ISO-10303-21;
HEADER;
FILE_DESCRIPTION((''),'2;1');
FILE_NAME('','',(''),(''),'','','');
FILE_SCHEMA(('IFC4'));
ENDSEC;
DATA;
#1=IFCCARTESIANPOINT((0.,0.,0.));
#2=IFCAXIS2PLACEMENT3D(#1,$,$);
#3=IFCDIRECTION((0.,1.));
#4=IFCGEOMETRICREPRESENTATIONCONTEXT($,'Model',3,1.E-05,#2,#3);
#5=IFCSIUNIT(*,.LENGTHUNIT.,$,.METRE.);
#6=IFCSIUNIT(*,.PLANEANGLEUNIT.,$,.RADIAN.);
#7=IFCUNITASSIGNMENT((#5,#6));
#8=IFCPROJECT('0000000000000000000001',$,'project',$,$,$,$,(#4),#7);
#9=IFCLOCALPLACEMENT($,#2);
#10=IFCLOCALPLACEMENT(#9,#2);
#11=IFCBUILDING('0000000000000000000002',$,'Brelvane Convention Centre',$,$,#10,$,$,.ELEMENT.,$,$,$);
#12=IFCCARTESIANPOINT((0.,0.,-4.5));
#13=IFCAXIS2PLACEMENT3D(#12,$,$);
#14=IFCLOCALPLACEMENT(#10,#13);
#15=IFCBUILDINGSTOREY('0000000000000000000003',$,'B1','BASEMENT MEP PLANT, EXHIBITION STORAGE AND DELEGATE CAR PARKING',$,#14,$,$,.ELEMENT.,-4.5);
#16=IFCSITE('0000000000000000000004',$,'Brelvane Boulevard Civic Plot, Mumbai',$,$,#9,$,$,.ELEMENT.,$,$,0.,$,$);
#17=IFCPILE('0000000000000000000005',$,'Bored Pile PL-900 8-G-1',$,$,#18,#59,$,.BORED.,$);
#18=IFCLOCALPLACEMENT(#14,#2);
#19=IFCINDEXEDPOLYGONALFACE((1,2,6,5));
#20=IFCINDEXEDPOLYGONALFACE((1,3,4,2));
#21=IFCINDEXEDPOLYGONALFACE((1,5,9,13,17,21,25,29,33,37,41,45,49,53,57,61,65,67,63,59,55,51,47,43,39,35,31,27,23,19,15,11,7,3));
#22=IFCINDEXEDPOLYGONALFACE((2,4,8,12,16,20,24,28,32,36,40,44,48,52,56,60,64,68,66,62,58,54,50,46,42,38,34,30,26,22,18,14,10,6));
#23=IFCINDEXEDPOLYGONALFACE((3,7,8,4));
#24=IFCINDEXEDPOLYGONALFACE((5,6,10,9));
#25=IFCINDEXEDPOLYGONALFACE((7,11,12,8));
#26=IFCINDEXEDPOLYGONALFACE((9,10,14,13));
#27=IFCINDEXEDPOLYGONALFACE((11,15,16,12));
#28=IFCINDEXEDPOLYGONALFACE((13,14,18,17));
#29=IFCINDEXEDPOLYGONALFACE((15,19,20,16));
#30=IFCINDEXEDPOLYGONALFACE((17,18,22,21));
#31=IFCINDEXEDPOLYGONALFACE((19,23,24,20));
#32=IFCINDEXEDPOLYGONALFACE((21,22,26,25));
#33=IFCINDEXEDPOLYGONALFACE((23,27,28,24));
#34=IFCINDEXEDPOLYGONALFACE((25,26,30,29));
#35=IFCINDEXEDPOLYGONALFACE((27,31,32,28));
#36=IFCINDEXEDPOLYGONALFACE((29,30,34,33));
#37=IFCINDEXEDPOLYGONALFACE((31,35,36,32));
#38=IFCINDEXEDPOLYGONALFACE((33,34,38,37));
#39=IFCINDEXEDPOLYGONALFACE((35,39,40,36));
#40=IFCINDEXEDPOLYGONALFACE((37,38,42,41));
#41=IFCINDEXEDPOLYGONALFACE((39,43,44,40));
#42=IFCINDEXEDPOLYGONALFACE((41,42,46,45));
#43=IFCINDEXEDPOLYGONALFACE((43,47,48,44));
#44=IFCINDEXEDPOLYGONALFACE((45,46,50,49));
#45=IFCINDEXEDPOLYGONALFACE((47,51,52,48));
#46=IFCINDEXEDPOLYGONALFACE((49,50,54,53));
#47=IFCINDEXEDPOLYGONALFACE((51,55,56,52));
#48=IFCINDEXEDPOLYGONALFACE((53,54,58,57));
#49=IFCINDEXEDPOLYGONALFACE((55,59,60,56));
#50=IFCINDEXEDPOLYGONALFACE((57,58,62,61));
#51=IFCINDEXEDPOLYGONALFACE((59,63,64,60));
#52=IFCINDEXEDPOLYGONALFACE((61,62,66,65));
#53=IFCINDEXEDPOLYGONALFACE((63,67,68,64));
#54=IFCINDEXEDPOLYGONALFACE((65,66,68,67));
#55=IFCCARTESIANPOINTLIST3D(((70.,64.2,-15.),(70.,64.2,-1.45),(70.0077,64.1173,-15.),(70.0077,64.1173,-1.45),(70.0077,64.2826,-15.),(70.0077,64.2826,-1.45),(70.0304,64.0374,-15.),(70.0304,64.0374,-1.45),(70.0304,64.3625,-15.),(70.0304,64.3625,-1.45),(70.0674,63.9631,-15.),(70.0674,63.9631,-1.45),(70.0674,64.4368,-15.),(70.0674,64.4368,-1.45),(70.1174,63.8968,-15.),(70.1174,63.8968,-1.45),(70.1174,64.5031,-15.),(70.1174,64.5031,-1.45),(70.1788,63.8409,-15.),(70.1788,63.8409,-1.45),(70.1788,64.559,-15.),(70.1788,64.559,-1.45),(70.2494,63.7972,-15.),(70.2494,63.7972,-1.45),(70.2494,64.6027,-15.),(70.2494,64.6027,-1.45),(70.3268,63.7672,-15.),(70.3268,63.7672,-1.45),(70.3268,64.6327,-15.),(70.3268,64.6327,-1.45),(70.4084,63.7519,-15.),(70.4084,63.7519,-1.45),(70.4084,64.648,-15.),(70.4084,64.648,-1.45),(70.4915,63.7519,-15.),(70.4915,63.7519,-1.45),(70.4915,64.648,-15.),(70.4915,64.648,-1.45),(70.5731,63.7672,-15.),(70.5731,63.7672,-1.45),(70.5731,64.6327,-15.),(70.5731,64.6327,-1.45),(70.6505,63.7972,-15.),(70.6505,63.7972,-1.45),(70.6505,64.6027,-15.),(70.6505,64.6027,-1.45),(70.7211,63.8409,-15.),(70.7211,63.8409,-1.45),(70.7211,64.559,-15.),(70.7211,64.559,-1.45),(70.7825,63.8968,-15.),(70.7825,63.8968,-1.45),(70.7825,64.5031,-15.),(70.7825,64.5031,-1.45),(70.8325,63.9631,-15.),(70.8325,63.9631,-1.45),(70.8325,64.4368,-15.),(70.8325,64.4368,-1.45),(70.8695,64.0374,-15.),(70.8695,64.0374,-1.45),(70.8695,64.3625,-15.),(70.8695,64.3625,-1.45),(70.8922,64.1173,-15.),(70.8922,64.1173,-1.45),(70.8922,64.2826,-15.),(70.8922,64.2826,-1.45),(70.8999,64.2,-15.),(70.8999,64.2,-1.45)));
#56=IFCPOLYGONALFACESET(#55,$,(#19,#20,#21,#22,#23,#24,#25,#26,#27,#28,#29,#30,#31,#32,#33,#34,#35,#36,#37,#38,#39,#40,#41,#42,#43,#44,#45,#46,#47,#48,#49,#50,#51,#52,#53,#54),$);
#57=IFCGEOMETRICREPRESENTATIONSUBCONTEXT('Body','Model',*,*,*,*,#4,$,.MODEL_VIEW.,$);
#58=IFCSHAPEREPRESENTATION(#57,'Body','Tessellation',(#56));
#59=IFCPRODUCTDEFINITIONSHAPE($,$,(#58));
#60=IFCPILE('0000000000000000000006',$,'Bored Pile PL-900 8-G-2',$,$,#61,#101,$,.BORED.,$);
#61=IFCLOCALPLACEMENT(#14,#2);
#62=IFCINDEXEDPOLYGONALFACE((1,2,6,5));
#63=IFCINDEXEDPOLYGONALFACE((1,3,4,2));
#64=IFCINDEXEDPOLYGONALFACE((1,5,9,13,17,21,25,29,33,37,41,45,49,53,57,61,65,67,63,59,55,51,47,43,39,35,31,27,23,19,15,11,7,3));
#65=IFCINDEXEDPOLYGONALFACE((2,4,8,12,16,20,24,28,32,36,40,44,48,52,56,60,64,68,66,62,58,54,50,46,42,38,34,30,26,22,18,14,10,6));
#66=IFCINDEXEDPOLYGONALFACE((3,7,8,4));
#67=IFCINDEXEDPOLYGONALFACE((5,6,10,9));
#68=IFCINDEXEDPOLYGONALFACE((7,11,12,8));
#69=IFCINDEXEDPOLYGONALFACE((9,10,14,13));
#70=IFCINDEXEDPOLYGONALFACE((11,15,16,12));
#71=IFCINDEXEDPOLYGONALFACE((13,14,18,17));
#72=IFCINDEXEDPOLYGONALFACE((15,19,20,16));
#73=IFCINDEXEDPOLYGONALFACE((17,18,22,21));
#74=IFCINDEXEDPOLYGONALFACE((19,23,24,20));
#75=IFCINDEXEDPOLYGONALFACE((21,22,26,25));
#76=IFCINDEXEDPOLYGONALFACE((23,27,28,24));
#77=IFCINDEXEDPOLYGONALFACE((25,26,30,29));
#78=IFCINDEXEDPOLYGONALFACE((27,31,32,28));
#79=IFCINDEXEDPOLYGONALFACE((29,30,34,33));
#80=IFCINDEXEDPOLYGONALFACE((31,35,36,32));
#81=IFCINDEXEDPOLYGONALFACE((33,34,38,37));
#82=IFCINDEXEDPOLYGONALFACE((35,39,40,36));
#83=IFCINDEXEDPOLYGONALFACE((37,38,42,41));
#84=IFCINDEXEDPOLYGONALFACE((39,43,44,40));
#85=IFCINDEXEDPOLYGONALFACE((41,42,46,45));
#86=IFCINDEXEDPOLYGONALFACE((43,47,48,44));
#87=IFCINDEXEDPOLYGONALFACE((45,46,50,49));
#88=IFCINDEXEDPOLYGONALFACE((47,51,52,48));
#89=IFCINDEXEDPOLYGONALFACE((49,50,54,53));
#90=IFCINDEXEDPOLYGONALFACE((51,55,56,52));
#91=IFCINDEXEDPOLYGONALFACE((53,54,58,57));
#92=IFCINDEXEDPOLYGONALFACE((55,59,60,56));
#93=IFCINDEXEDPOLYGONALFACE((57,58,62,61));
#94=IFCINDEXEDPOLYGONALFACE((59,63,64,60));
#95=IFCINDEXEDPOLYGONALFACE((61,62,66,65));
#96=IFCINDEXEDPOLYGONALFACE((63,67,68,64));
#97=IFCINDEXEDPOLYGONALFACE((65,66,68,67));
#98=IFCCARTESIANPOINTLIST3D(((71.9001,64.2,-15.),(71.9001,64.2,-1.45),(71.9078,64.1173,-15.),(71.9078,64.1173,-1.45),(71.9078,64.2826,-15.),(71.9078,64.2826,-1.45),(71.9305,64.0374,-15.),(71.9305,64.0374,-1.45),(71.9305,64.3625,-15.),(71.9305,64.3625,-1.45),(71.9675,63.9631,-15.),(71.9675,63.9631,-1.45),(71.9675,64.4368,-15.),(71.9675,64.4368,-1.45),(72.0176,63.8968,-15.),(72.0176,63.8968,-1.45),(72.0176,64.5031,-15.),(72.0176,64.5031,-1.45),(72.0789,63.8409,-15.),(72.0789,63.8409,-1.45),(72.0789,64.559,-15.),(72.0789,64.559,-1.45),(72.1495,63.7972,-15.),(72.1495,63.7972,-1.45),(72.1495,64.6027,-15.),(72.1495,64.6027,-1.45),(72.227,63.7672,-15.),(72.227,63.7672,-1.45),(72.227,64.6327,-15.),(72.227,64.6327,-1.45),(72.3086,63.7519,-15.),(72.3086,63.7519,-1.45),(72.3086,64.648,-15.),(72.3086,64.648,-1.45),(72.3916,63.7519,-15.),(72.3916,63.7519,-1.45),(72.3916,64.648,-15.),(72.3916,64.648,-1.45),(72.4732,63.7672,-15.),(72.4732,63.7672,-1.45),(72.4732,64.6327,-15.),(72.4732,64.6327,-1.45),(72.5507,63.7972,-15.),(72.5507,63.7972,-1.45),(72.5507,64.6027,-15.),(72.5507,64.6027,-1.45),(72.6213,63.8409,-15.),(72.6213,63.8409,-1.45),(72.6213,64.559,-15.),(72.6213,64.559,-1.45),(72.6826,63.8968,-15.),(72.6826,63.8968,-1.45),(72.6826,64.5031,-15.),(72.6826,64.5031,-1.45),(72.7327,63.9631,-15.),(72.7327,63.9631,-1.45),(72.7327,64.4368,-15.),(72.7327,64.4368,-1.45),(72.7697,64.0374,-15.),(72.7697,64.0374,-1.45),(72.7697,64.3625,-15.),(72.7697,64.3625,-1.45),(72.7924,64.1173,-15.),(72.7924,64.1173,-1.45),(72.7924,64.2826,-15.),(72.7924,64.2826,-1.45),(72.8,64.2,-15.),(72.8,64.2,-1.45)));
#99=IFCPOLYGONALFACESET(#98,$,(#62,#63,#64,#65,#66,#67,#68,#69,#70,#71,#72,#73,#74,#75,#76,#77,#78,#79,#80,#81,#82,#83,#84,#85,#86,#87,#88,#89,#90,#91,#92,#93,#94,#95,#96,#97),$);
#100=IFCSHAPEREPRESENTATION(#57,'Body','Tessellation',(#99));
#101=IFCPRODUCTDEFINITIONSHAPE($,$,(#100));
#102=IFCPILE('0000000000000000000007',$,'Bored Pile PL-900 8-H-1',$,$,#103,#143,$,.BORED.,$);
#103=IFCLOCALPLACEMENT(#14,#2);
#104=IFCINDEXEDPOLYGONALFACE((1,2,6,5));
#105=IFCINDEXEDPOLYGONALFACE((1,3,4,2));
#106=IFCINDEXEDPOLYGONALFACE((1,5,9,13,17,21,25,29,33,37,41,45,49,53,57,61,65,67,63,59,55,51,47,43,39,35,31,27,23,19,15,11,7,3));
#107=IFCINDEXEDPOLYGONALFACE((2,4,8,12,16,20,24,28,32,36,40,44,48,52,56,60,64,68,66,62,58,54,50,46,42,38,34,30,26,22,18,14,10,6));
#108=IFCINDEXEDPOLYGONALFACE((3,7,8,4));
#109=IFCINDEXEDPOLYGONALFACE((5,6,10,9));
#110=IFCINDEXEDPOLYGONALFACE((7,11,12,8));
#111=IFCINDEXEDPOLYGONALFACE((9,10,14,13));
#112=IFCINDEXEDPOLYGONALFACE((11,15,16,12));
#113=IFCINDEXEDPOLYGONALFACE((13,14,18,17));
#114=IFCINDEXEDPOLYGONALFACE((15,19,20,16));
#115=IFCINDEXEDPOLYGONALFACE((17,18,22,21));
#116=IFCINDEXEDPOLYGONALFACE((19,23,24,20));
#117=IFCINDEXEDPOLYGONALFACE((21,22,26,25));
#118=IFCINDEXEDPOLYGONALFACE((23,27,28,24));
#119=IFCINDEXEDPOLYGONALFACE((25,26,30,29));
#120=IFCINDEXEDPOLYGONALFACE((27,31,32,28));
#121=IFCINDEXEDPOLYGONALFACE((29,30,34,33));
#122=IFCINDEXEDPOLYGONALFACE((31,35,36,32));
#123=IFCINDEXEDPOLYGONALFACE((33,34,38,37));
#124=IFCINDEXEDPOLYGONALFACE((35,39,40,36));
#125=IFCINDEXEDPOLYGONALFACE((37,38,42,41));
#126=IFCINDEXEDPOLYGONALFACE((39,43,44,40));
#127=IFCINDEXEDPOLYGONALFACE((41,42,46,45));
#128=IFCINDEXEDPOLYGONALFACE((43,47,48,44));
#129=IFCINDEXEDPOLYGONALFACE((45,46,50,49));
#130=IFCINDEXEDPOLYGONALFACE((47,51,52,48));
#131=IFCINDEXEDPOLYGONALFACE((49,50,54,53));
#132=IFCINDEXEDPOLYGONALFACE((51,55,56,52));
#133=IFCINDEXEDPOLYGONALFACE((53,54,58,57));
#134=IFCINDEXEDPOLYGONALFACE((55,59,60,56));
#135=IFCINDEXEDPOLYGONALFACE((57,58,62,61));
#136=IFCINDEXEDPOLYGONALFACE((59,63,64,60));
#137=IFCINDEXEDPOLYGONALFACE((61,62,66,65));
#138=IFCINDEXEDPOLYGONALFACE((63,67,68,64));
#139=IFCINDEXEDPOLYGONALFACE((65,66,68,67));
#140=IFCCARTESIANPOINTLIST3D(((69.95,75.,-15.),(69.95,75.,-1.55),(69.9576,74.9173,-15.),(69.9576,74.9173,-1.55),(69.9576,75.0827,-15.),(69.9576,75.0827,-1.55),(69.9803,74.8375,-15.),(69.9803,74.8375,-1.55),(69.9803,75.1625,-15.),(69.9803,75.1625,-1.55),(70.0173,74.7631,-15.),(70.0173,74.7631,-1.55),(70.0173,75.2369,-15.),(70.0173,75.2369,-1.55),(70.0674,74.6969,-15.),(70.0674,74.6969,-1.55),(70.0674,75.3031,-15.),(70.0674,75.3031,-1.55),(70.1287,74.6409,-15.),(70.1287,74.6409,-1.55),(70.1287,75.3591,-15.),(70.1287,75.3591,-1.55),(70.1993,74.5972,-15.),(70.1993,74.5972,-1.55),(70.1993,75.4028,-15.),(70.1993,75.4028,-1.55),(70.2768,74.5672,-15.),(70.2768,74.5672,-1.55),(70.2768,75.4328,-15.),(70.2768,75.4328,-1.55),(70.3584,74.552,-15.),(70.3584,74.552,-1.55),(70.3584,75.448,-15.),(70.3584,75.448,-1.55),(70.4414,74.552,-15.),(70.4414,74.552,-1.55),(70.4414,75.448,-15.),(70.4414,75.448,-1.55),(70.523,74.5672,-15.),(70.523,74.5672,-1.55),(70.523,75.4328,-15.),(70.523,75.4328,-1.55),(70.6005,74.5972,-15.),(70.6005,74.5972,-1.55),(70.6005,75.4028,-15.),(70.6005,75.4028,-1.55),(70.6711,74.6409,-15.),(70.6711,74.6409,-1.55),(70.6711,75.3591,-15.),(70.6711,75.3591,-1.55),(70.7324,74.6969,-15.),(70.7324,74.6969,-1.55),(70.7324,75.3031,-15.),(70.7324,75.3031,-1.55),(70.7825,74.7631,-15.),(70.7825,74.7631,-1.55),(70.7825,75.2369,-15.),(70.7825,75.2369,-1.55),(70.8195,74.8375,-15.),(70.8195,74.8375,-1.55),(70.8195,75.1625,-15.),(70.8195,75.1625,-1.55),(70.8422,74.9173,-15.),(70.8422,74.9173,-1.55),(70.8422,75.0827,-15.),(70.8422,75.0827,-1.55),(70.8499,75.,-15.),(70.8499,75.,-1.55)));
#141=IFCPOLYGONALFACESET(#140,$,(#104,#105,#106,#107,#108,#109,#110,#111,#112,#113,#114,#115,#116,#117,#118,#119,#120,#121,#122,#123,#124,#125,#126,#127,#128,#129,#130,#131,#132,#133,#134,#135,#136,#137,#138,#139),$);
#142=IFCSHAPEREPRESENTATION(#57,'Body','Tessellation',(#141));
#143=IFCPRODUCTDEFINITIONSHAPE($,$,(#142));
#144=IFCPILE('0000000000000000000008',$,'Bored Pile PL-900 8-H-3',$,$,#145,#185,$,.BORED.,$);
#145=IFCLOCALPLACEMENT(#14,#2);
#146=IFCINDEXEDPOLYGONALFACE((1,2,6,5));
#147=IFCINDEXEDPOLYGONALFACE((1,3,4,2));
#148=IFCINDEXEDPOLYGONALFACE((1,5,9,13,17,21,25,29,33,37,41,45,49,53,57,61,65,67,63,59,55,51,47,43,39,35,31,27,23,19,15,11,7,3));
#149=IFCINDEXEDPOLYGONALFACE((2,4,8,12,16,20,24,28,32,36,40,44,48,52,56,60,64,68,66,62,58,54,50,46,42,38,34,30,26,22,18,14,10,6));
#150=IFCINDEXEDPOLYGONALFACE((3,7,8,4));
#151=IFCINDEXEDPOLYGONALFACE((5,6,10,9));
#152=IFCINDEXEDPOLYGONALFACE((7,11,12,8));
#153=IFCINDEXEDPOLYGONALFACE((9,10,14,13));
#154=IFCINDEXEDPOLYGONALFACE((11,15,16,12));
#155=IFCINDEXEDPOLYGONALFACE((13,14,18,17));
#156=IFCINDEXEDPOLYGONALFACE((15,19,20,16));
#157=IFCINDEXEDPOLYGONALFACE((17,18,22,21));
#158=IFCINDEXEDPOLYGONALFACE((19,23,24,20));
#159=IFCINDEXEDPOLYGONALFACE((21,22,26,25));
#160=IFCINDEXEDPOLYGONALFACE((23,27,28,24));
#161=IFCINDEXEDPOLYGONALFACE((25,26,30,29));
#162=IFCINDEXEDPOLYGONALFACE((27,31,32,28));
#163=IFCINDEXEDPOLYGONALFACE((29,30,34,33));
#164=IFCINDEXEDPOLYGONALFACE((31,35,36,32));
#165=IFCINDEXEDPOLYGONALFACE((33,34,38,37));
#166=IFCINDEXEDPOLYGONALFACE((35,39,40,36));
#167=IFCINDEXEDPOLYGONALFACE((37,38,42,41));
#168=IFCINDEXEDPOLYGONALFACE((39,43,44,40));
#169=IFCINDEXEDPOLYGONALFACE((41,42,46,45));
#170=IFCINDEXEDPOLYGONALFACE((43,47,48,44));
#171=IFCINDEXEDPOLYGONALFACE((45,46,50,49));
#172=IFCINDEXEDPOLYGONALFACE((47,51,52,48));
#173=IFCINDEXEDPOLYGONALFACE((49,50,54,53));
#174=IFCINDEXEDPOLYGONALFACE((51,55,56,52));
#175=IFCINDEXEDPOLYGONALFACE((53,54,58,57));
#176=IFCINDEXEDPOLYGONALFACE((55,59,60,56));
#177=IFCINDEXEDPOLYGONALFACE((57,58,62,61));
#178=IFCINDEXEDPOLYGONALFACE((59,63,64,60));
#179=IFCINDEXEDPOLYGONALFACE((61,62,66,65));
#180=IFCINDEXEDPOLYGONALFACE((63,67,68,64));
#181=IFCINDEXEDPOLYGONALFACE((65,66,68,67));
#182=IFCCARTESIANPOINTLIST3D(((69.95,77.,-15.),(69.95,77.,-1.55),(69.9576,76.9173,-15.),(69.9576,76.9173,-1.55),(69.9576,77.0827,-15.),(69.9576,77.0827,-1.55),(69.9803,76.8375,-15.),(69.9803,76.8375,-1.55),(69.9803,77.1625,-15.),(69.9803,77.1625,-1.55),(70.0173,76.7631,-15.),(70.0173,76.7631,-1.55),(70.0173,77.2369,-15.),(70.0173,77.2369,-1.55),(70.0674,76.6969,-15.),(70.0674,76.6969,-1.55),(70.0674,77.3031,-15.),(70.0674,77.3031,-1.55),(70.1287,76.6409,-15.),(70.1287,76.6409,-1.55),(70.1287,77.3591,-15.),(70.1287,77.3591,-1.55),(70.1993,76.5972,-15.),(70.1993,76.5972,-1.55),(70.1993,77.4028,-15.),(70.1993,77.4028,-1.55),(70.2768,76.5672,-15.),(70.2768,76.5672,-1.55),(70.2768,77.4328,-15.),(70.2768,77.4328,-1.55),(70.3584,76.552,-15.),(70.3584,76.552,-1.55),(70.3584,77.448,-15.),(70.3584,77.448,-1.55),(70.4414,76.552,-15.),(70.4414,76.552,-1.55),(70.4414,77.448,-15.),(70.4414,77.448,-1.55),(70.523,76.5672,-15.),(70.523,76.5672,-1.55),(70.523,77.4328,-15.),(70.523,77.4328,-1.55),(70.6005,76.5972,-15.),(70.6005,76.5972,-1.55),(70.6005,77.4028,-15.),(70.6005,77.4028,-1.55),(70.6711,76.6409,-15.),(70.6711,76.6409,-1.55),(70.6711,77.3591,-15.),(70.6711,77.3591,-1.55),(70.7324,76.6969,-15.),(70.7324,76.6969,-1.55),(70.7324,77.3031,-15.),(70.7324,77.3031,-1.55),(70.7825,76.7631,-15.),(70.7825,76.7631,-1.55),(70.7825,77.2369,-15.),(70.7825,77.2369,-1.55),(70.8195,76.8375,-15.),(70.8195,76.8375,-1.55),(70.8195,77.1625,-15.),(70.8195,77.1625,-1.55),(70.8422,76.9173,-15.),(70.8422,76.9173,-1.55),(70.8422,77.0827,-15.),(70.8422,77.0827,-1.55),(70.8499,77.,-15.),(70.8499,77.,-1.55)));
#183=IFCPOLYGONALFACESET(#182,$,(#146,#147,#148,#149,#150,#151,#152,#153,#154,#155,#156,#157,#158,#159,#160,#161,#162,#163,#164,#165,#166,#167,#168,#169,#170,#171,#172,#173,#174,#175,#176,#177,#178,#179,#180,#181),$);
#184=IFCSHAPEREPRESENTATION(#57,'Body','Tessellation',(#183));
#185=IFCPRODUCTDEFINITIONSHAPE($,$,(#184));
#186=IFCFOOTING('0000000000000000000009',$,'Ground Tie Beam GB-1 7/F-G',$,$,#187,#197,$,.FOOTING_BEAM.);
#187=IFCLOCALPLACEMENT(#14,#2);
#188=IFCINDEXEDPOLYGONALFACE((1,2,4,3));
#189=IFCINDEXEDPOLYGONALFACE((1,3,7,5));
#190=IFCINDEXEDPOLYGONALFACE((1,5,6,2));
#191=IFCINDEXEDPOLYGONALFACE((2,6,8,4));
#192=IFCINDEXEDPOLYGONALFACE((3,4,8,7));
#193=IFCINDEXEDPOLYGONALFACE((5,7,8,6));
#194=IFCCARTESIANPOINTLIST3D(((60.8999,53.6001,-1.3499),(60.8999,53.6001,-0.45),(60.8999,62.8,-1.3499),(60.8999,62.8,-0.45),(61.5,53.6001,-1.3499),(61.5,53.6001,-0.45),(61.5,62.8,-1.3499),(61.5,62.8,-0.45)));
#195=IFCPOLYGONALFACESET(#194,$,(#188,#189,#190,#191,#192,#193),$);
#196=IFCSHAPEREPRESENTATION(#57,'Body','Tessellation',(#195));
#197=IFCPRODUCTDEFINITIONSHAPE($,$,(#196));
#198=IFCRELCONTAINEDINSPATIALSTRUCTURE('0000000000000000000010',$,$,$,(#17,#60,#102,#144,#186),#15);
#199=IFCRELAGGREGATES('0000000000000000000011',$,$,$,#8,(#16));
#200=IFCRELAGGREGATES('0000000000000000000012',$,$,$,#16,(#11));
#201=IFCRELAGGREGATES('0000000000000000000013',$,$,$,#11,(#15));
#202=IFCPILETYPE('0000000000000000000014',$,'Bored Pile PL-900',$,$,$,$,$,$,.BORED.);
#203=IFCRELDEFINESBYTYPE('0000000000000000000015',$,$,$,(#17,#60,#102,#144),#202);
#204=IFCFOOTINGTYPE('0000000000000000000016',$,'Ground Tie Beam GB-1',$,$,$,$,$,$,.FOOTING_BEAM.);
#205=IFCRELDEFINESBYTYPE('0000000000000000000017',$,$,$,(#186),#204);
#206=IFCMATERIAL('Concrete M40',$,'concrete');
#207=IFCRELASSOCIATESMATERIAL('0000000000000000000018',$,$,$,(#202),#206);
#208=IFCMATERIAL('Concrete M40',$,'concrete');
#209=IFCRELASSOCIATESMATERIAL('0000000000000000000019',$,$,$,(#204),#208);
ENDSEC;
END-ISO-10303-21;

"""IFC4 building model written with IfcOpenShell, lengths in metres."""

from ifc_helpers import new_model, si_unit, direction, frame, origin, origin_2d, place, context, subcontext, project, spatial, rectangle, circle, extrude, material, material_profile, profile_set, type_object, element, save


model = new_model("IFC4")

# Units and contexts
model_context = context("Model", 3, precision=1e-05, world=origin(), true_north=direction((0.0, 1.0)))
body_context = subcontext(model_context, "Body", "Model", "MODEL_VIEW")
ifc_project = project(units=[si_unit("LENGTHUNIT", "METRE"), si_unit("PLANEANGLEUNIT", "RADIAN")], contexts=[model_context])

# Site, building, storey
site_placement = place(None, origin())
site = spatial("IfcSite", under=ifc_project, at=site_placement, Name="Brelvane Boulevard Civic Plot, Mumbai", CompositionType="ELEMENT", RefElevation=0.0)
building_placement = place(site_placement, origin())
building = spatial("IfcBuilding", under=site, at=building_placement, Name="Brelvane Convention Centre", CompositionType="ELEMENT")
storey_placement = place(building_placement, frame((0.0, 0.0, -4.5)))
storey = spatial("IfcBuildingStorey", under=building, at=storey_placement, Name="B1", Description="BASEMENT MEP PLANT, EXHIBITION STORAGE AND DELEGATE CAR PARKING", CompositionType="ELEMENT", Elevation=-4.5)

# Piles
ifc_material_1 = material(Name="Concrete M40", Category="concrete")
ifc_material_profile_1 = material_profile(ifc_material_1, circle(Radius=0.45, at=origin_2d()), Name="PILE D900")
ifc_profile_set_1 = profile_set([ifc_material_profile_1], Name="Concrete M40")
pile_type = type_object("IfcPileType", Name="Bored Pile PL-900", PredefinedType="BORED", material=ifc_profile_set_1)
for number, where, z_axis, x_axis, name in (
    (1, (70.45, 64.2, -1.45), (0.0, 0.0, -1.0), (1.0, 0.0, 0.0), "Bored Pile PL-900 8-G-1"),
    (2, (72.3501, 64.2, -1.45), (0.0, 0.0, -1.0), (1.0, 0.0, 0.0), "Bored Pile PL-900 8-G-2"),
):
    element("IfcPile", number, at=place(storey_placement, frame(where, z_axis=z_axis, x_axis=x_axis)), inside=storey, type_object=pile_type, Name=name, PredefinedType="BORED", context=body_context, shape_type="SweptSolid", body=[
        extrude(circle(Radius=0.45, at=origin_2d()), origin(), (0.0, 0.0, 1.0), 13.55),
    ])
for number, where, z_axis, x_axis, name in (
    (3, (70.3999, 75.0, -1.55), (0.0, 0.0, -1.0), (1.0, 0.0, 0.0), "Bored Pile PL-900 8-H-1"),
    (4, (70.3999, 77.0, -1.55), (0.0, 0.0, -1.0), (1.0, 0.0, 0.0), "Bored Pile PL-900 8-H-3"),
):
    element("IfcPile", number, at=place(storey_placement, frame(where, z_axis=z_axis, x_axis=x_axis)), inside=storey, type_object=pile_type, Name=name, PredefinedType="BORED", context=body_context, shape_type="SweptSolid", body=[
        extrude(circle(Radius=0.45, at=origin_2d()), origin(), (0.0, 0.0, 1.0), 13.45),
    ])

# Footing
ifc_material_2 = material(Name="Concrete M40", Category="concrete")
ifc_material_profile_2 = material_profile(ifc_material_2, rectangle(XDim=0.6001, YDim=0.8999, at=origin_2d()), Name="RC 600x900")
ifc_profile_set_2 = profile_set([ifc_material_profile_2], Name="Concrete M40")
footing_type_1 = type_object("IfcFootingType", Name="Ground Tie Beam GB-1", PredefinedType="FOOTING_BEAM", material=ifc_profile_set_2)
footing_1_placement = place(storey_placement, frame((61.2, 53.6001, -0.8999), z_axis=(0.0, 1.0, 0.0), x_axis=(-1.0, 0.0, 0.0)))
element("IfcFooting", 5, at=footing_1_placement, inside=storey, type_object=footing_type_1, Name="Ground Tie Beam GB-1 7/F-G", PredefinedType="FOOTING_BEAM", context=body_context, shape_type="SweptSolid", body=[
    extrude(rectangle(XDim=0.6001, YDim=0.8999, at=origin_2d()), origin(), (0.0, 0.0, 1.0), 9.2),
])

save(model, "model.ifc")
